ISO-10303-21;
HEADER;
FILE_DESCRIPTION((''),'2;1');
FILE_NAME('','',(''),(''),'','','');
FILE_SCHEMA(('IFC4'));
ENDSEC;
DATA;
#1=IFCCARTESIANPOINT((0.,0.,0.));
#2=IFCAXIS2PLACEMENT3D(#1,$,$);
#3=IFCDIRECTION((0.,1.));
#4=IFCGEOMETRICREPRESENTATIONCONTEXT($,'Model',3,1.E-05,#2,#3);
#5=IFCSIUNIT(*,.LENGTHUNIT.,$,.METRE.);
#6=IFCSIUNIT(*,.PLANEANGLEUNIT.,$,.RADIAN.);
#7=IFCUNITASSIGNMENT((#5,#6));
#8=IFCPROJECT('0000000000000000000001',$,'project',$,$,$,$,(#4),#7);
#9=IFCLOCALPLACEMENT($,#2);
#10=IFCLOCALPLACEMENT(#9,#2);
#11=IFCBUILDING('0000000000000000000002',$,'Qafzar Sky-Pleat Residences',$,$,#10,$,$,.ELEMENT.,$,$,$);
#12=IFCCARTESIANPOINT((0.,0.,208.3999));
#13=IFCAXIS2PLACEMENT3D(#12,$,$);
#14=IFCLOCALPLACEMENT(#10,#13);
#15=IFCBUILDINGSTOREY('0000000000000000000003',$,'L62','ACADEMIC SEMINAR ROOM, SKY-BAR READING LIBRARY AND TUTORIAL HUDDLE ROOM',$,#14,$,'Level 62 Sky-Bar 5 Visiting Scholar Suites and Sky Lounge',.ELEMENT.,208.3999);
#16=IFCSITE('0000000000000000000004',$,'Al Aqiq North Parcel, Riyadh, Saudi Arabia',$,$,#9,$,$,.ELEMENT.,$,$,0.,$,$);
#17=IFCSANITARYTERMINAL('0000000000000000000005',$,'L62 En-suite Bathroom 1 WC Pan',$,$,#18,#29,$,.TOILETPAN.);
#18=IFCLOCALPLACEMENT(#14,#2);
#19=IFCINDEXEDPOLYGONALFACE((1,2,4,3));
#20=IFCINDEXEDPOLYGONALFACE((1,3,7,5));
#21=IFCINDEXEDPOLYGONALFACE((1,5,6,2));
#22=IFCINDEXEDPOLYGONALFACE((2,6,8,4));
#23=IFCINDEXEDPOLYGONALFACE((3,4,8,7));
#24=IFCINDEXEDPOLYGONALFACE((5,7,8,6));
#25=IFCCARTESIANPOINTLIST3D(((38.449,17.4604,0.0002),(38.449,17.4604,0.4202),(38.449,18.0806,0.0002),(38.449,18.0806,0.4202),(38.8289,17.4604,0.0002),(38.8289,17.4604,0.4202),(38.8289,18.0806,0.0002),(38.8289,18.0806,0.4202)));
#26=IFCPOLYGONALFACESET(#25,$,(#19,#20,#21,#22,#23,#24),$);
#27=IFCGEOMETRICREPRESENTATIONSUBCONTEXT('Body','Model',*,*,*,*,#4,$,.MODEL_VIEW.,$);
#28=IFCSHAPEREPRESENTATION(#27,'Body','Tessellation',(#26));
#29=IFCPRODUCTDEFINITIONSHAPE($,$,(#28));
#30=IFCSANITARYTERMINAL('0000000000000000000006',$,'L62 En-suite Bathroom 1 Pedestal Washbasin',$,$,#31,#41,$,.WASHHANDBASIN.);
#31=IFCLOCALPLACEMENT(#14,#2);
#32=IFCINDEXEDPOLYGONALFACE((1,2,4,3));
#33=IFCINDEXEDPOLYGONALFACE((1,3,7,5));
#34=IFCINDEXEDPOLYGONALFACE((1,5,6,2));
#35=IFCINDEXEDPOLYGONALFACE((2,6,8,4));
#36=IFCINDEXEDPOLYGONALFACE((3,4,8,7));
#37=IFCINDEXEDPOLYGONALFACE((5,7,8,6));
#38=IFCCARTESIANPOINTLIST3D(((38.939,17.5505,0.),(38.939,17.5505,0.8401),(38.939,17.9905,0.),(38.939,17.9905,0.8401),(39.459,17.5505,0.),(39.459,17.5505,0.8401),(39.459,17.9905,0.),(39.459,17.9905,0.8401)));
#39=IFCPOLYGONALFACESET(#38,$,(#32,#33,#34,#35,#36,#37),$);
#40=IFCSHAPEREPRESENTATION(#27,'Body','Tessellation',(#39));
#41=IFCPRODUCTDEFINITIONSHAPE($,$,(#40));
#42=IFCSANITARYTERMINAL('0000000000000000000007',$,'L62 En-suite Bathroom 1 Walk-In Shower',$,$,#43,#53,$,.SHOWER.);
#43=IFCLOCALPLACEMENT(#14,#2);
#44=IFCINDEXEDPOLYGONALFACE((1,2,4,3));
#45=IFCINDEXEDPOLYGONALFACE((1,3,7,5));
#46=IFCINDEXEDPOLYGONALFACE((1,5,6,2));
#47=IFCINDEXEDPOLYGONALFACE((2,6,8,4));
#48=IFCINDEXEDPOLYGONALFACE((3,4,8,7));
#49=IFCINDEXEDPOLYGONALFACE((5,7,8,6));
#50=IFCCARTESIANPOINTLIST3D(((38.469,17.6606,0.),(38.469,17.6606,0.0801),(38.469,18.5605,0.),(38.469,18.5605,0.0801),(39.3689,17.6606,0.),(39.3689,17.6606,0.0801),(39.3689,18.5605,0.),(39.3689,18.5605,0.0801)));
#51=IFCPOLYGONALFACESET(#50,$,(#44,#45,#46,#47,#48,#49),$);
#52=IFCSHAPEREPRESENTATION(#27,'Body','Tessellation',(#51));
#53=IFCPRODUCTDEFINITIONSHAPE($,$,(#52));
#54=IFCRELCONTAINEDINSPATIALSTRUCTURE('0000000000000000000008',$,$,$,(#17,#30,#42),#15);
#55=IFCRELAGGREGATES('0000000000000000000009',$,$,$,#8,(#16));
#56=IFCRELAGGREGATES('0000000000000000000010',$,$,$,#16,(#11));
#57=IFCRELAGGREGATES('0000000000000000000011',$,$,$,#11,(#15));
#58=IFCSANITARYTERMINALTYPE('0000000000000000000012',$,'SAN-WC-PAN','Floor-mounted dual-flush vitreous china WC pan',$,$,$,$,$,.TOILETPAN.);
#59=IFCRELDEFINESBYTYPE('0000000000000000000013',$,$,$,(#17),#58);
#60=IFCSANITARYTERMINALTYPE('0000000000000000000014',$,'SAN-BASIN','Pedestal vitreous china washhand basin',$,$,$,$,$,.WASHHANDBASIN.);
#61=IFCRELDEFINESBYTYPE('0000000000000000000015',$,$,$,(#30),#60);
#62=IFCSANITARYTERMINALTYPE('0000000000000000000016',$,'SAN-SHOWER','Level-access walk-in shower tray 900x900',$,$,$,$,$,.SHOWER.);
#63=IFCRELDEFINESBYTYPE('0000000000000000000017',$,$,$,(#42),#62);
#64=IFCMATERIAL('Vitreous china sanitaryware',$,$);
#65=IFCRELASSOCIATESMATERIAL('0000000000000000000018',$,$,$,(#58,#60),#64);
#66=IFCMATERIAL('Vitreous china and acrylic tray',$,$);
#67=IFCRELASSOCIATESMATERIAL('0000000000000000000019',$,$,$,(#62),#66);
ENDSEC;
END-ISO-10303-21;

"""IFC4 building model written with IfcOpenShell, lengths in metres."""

from ifc_helpers import new_model, si_unit, direction, frame, origin, origin_2d, place, context, subcontext, project, spatial, rectangle, extrude, source, transform, mapped, material, type_object, element, save


model = new_model("IFC4")

# Units and contexts
model_context = context("Model", 3, precision=1e-05, world=origin(), true_north=direction((0.0, 1.0)))
body_context = subcontext(model_context, "Body", "Model", "MODEL_VIEW")
ifc_project = project(units=[si_unit("LENGTHUNIT", "METRE"), si_unit("PLANEANGLEUNIT", "RADIAN")], contexts=[model_context])

# Site, building, storey
site_placement = place(None, origin())
site = spatial("IfcSite", under=ifc_project, at=site_placement, Name="Al Aqiq North Parcel, Riyadh, Saudi Arabia", CompositionType="ELEMENT", RefElevation=0.0)
building_placement = place(site_placement, origin())
building = spatial("IfcBuilding", under=site, at=building_placement, Name="Qafzar Sky-Pleat Residences", CompositionType="ELEMENT")
storey_placement = place(building_placement, frame((0.0, 0.0, 208.3999)))
storey = spatial("IfcBuildingStorey", under=building, at=storey_placement, Name="L62", Description="ACADEMIC SEMINAR ROOM, SKY-BAR READING LIBRARY AND TUTORIAL HUDDLE ROOM", LongName="Level 62 Sky-Bar 5 Visiting Scholar Suites and Sky Lounge", CompositionType="ELEMENT", Elevation=208.3999)

# Sanitary terminals
ifc_material_1 = material(Name="Vitreous china sanitaryware")
sanitary_terminal_type_1 = type_object("IfcSanitaryTerminalType", Name="SAN-WC-PAN", Description="Floor-mounted dual-flush vitreous china WC pan", PredefinedType="TOILETPAN", material=ifc_material_1)
shared_shape_1 = source(origin(), body_context, "Body", "SweptSolid", [
    extrude(rectangle(XDim=0.3799, YDim=0.6201, at=origin_2d()), origin(), (0.0, 0.0, 1.0), 0.4199),
])
sanitary_terminal_1_placement = place(storey_placement, frame((38.6389, 17.7705, 0.0002), z_axis=(0.0, 0.0, 1.0), x_axis=(1.0, 0.0, 0.0)))
element("IfcSanitaryTerminal", 1, at=sanitary_terminal_1_placement, inside=storey, type_object=sanitary_terminal_type_1, Name="L62 En-suite Bathroom 1 WC Pan", PredefinedType="TOILETPAN", context=body_context, shape_type="MappedRepresentation", body=[
    mapped(shared_shape_1, transform((0.0, 0.0, 0.0), x_axis=(1.0, 0.0, 0.0), y_axis=(0.0, 1.0, 0.0), z_axis=(0.0, 0.0, 1.0), scale=1.0)),
])
sanitary_terminal_type_2 = type_object("IfcSanitaryTerminalType", Name="SAN-BASIN", Description="Pedestal vitreous china washhand basin", PredefinedType="WASHHANDBASIN", material=ifc_material_1)
shared_shape_2 = source(origin(), body_context, "Body", "SweptSolid", [
    extrude(rectangle(XDim=0.52, YDim=0.4399, at=origin_2d()), origin(), (0.0, 0.0, 1.0), 0.8401),
])
sanitary_terminal_2_placement = place(storey_placement, frame((39.199, 17.7705, 0.0), z_axis=(0.0, 0.0, 1.0), x_axis=(1.0, 0.0, 0.0)))
element("IfcSanitaryTerminal", 2, at=sanitary_terminal_2_placement, inside=storey, type_object=sanitary_terminal_type_2, Name="L62 En-suite Bathroom 1 Pedestal Washbasin", PredefinedType="WASHHANDBASIN", context=body_context, shape_type="MappedRepresentation", body=[
    mapped(shared_shape_2, transform((0.0, 0.0, 0.0), x_axis=(1.0, 0.0, 0.0), y_axis=(0.0, 1.0, 0.0), z_axis=(0.0, 0.0, 1.0), scale=1.0)),
])
ifc_material_2 = material(Name="Vitreous china and acrylic tray")
sanitary_terminal_type_3 = type_object("IfcSanitaryTerminalType", Name="SAN-SHOWER", Description="Level-access walk-in shower tray 900x900", PredefinedType="SHOWER", material=ifc_material_2)
shared_shape_3 = source(origin(), body_context, "Body", "SweptSolid", [
    extrude(rectangle(XDim=0.8999, YDim=0.8999, at=origin_2d()), origin(), (0.0, 0.0, 1.0), 0.0801),
])
sanitary_terminal_3_placement = place(storey_placement, frame((38.9189, 18.1106, 0.0), z_axis=(0.0, 0.0, 1.0), x_axis=(1.0, 0.0, 0.0)))
element("IfcSanitaryTerminal", 3, at=sanitary_terminal_3_placement, inside=storey, type_object=sanitary_terminal_type_3, Name="L62 En-suite Bathroom 1 Walk-In Shower", PredefinedType="SHOWER", context=body_context, shape_type="MappedRepresentation", body=[
    mapped(shared_shape_3, transform((0.0, 0.0, 0.0), x_axis=(1.0, 0.0, 0.0), y_axis=(0.0, 1.0, 0.0), z_axis=(0.0, 0.0, 1.0), scale=1.0)),
])

save(model, "model.ifc")
